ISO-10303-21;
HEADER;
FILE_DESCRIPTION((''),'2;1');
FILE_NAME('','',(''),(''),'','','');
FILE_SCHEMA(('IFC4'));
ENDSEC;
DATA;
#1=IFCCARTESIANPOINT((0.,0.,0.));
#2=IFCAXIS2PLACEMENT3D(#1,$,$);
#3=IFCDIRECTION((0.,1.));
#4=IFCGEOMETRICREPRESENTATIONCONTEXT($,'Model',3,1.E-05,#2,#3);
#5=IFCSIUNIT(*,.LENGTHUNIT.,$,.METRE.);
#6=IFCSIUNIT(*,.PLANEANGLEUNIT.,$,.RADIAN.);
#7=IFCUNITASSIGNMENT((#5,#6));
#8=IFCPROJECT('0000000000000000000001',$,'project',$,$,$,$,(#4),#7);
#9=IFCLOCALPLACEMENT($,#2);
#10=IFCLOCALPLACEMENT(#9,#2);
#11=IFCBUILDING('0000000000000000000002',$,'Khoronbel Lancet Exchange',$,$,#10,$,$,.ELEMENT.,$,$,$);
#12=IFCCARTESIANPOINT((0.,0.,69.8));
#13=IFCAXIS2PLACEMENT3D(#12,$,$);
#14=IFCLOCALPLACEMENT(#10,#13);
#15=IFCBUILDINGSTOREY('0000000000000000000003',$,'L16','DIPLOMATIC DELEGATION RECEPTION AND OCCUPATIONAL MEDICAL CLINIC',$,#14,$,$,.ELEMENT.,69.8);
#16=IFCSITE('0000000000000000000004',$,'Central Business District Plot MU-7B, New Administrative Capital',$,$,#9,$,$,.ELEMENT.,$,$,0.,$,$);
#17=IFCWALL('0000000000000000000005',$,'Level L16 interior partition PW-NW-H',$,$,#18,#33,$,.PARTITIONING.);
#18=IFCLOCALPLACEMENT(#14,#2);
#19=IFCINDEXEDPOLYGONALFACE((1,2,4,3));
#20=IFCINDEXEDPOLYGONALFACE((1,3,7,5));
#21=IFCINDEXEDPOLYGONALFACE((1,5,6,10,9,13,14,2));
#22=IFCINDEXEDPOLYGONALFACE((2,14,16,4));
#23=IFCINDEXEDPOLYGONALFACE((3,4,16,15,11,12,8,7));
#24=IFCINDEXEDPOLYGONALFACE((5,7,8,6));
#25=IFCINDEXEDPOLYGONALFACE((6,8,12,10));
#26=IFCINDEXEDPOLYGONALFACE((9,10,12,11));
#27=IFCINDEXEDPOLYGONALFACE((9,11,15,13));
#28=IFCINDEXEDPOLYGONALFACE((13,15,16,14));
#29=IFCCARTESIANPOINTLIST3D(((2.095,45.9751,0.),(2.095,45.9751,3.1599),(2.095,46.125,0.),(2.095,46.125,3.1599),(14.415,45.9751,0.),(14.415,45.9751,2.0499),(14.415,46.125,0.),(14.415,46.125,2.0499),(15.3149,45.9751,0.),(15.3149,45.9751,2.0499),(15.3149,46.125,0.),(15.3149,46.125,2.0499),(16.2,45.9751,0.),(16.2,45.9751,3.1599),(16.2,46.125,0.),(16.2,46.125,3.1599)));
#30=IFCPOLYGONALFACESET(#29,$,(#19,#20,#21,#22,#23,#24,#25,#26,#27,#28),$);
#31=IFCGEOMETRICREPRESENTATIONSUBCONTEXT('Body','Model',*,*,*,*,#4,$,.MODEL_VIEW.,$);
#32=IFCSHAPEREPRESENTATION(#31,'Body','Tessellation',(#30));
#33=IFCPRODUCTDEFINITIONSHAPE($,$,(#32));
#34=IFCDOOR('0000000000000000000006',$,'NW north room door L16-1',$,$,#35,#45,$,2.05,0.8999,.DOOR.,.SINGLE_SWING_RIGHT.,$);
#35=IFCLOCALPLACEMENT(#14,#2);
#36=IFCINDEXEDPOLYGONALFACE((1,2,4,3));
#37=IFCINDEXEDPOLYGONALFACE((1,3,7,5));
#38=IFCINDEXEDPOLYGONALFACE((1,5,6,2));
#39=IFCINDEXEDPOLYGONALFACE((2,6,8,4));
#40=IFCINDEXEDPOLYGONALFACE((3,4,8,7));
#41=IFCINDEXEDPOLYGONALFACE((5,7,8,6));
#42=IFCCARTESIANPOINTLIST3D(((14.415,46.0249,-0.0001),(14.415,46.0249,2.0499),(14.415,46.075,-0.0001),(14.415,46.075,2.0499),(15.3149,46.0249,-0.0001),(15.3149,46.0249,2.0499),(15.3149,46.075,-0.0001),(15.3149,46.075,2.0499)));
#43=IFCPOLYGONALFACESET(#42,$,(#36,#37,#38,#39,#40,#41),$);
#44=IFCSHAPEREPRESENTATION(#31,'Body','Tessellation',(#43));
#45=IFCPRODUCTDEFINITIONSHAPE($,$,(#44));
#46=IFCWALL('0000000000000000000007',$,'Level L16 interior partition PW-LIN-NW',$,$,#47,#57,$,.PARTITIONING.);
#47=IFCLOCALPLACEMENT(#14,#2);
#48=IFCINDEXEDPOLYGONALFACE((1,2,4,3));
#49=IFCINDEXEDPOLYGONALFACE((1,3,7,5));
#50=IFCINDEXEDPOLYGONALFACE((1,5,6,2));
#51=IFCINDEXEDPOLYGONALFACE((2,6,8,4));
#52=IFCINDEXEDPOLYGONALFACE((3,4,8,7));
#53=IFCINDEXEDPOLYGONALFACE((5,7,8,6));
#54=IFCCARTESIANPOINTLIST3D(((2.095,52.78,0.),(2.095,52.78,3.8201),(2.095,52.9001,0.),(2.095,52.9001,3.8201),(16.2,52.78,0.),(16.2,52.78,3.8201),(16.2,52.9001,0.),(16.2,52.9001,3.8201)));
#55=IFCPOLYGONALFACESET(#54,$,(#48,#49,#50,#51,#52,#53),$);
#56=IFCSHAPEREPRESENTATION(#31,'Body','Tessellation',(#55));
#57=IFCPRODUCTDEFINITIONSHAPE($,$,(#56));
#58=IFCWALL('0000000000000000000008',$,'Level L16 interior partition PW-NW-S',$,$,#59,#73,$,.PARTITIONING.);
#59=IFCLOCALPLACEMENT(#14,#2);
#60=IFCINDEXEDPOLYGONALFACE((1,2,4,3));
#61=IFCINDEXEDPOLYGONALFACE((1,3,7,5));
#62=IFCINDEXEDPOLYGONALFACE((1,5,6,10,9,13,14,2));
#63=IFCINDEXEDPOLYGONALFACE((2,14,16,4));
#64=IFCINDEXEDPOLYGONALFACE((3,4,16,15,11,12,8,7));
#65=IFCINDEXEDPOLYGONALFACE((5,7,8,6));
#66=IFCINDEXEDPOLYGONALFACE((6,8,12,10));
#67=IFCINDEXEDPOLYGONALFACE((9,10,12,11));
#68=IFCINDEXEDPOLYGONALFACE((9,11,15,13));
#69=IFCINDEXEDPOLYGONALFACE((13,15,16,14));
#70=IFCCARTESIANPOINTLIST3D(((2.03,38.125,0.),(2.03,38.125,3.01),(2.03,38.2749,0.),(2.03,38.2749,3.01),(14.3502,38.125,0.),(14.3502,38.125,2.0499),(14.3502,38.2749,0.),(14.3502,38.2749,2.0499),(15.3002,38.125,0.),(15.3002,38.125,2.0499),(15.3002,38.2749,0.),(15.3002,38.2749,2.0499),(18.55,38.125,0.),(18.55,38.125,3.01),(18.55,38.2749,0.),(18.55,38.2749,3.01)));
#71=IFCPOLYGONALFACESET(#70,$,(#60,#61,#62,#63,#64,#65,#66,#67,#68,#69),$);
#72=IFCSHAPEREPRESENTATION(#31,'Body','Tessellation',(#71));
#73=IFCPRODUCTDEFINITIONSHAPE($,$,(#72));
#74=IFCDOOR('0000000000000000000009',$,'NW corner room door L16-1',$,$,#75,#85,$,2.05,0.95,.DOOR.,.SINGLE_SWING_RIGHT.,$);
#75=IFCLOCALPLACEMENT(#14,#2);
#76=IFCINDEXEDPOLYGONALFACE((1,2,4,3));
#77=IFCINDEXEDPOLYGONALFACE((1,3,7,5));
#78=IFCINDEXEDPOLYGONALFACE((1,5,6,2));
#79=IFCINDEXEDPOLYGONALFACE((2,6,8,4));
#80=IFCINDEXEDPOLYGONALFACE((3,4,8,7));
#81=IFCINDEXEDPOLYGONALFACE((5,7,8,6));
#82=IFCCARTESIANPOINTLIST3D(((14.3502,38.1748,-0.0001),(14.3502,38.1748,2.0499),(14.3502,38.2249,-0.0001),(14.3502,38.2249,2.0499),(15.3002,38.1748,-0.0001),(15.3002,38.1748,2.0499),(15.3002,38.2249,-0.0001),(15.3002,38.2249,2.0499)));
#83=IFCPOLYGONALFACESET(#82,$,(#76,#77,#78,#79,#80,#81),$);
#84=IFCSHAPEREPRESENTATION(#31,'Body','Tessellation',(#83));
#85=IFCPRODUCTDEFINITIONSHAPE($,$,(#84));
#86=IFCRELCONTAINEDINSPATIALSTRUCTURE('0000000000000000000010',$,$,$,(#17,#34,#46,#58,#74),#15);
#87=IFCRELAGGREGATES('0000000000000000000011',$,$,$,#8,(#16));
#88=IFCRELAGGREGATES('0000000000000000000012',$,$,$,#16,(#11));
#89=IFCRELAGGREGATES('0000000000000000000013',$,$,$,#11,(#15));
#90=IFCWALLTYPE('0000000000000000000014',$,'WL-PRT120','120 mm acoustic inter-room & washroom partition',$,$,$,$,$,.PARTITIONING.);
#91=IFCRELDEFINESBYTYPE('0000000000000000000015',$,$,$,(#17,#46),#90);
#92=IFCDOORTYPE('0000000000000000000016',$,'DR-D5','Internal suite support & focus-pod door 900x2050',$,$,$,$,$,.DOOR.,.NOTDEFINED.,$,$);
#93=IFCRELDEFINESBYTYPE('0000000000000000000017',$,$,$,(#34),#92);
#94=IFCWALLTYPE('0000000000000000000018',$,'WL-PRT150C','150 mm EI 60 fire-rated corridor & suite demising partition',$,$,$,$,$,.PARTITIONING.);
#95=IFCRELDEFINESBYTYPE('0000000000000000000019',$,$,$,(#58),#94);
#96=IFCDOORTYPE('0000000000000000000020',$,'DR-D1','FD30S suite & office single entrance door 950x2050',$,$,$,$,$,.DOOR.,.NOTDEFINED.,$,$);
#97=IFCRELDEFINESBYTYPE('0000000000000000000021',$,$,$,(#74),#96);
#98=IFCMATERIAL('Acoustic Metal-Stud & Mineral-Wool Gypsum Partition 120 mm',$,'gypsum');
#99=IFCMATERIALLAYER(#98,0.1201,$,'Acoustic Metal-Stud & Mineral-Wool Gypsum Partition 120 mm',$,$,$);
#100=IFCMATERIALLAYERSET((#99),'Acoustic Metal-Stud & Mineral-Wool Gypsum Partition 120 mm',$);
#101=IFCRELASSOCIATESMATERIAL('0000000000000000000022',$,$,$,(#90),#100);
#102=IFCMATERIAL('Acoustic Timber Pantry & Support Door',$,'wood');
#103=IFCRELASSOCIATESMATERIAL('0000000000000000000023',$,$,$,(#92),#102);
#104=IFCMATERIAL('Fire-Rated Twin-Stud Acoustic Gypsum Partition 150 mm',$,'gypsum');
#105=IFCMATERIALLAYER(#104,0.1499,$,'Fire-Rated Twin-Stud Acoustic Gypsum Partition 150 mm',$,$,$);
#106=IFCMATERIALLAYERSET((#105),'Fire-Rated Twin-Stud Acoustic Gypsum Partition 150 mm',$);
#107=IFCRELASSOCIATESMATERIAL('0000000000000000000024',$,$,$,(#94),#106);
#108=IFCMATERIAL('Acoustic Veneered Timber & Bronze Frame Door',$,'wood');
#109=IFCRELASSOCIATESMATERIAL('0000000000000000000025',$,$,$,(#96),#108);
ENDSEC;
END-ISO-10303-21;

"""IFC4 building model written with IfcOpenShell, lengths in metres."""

from ifc_helpers import new_model, si_unit, direction, frame, frame_2d, origin, place, context, subcontext, project, spatial, rectangle, extrude, material, layer, layer_set, type_object, element, fill, save


model = new_model("IFC4")

# Units and contexts
model_context = context("Model", 3, precision=1e-05, world=origin(), true_north=direction((0.0, 1.0)))
body_context = subcontext(model_context, "Body", "Model", "MODEL_VIEW")
ifc_project = project(units=[si_unit("LENGTHUNIT", "METRE"), si_unit("PLANEANGLEUNIT", "RADIAN")], contexts=[model_context])

# Site, building, storey
site_placement = place(None, origin())
site = spatial("IfcSite", under=ifc_project, at=site_placement, Name="Central Business District Plot MU-7B, New Administrative Capital", CompositionType="ELEMENT", RefElevation=0.0)
building_placement = place(site_placement, origin())
building = spatial("IfcBuilding", under=site, at=building_placement, Name="Khoronbel Lancet Exchange", CompositionType="ELEMENT")
storey_placement = place(building_placement, frame((0.0, 0.0, 69.8)))
storey = spatial("IfcBuildingStorey", under=building, at=storey_placement, Name="L16", Description="DIPLOMATIC DELEGATION RECEPTION AND OCCUPATIONAL MEDICAL CLINIC", CompositionType="ELEMENT", Elevation=69.8)

# Wall, opening, door
ifc_material_1 = material(Name="Acoustic Metal-Stud & Mineral-Wool Gypsum Partition 120 mm", Category="gypsum")
ifc_layer_1 = layer(ifc_material_1, 0.1201, Name="Acoustic Metal-Stud & Mineral-Wool Gypsum Partition 120 mm")
ifc_layer_set_1 = layer_set([ifc_layer_1], Name="Acoustic Metal-Stud & Mineral-Wool Gypsum Partition 120 mm")
wall_type_1 = type_object("IfcWallType", Name="WL-PRT120", Description="120 mm acoustic inter-room & washroom partition", PredefinedType="PARTITIONING", material=ifc_layer_set_1)
wall_1_placement = place(storey_placement, frame((2.095, 46.05, 0.0), z_axis=(0.0, 0.0, 1.0), x_axis=(1.0, 0.0, 0.0)))
wall_1 = element("IfcWall", 1, at=wall_1_placement, inside=storey, type_object=wall_type_1, Name="Level L16 interior partition PW-NW-H", PredefinedType="PARTITIONING", context=body_context, shape_type="SweptSolid", body=[
    extrude(rectangle(XDim=14.105, YDim=0.1499, at=frame_2d((7.0525, 0.0))), origin(), (0.0, 0.0, 1.0), 3.1599),
])
opening_1_placement = place(wall_1_placement, frame((12.3201, 0.0, 0.0)))
opening_1 = element("IfcOpeningElement", 2, at=opening_1_placement, cuts=wall_1, PredefinedType="OPENING", context=body_context, shape_type="SweptSolid", body=[
    extrude(rectangle(XDim=0.8999, YDim=2.05, at=frame_2d((0.45, 1.0249))), frame((0.0, 0.085, 0.0), z_axis=(0.0, -1.0, 0.0), x_axis=(1.0, 0.0, 0.0)), (0.0, 0.0, 1.0), 0.1699),
])
ifc_material_2 = material(Name="Acoustic Timber Pantry & Support Door", Category="wood")
door_type_1 = type_object("IfcDoorType", Name="DR-D5", Description="Internal suite support & focus-pod door 900x2050", OperationType="NOTDEFINED", PredefinedType="DOOR", material=ifc_material_2)
door_1_placement = place(opening_1_placement, origin())
door_1 = element("IfcDoor", 3, at=door_1_placement, inside=storey, type_object=door_type_1, Name="NW north room door L16-1", OperationType="SINGLE_SWING_RIGHT", OverallHeight=2.05, OverallWidth=0.8999, PredefinedType="DOOR", context=body_context, shape_type="SweptSolid", body=[
    extrude(rectangle(XDim=0.8999, YDim=2.05, at=frame_2d((0.45, 1.0249))), frame((0.0, 0.0249, 0.0), z_axis=(0.0, -1.0, 0.0), x_axis=(1.0, 0.0, 0.0)), (0.0, 0.0, 1.0), 0.05),
])
fill(opening_1, door_1)

# Wall
wall_2_placement = place(storey_placement, frame((2.095, 52.8401, 0.0), z_axis=(0.0, 0.0, 1.0), x_axis=(1.0, 0.0, 0.0)))
element("IfcWall", 4, at=wall_2_placement, inside=storey, type_object=wall_type_1, Name="Level L16 interior partition PW-LIN-NW", PredefinedType="PARTITIONING", context=body_context, shape_type="SweptSolid", body=[
    extrude(rectangle(XDim=14.105, YDim=0.1201, at=frame_2d((7.0525, 0.0))), origin(), (0.0, 0.0, 1.0), 3.8201),
])

# Wall, opening, door
ifc_material_3 = material(Name="Fire-Rated Twin-Stud Acoustic Gypsum Partition 150 mm", Category="gypsum")
ifc_layer_2 = layer(ifc_material_3, 0.1499, Name="Fire-Rated Twin-Stud Acoustic Gypsum Partition 150 mm")
ifc_layer_set_2 = layer_set([ifc_layer_2], Name="Fire-Rated Twin-Stud Acoustic Gypsum Partition 150 mm")
wall_type_2 = type_object("IfcWallType", Name="WL-PRT150C", Description="150 mm EI 60 fire-rated corridor & suite demising partition", PredefinedType="PARTITIONING", material=ifc_layer_set_2)
wall_3_placement = place(storey_placement, frame((2.03, 38.2, 0.0), z_axis=(0.0, 0.0, 1.0), x_axis=(1.0, 0.0, 0.0)))
wall_3 = element("IfcWall", 5, at=wall_3_placement, inside=storey, type_object=wall_type_2, Name="Level L16 interior partition PW-NW-S", PredefinedType="PARTITIONING", context=body_context, shape_type="SweptSolid", body=[
    extrude(rectangle(XDim=16.52, YDim=0.1499, at=frame_2d((8.26, 0.0))), origin(), (0.0, 0.0, 1.0), 3.01),
])
opening_2_placement = place(wall_3_placement, frame((12.3201, 0.0, 0.0)))
opening_2 = element("IfcOpeningElement", 6, at=opening_2_placement, cuts=wall_3, PredefinedType="OPENING", context=body_context, shape_type="SweptSolid", body=[
    extrude(rectangle(XDim=0.95, YDim=2.05, at=frame_2d((0.4751, 1.0249))), frame((0.0, 0.085, 0.0), z_axis=(0.0, -1.0, 0.0), x_axis=(1.0, 0.0, 0.0)), (0.0, 0.0, 1.0), 0.1699),
])
ifc_material_4 = material(Name="Acoustic Veneered Timber & Bronze Frame Door", Category="wood")
door_type_2 = type_object("IfcDoorType", Name="DR-D1", Description="FD30S suite & office single entrance door 950x2050", OperationType="NOTDEFINED", PredefinedType="DOOR", material=ifc_material_4)
door_2_placement = place(opening_2_placement, origin())
door_2 = element("IfcDoor", 7, at=door_2_placement, inside=storey, type_object=door_type_2, Name="NW corner room door L16-1", OperationType="SINGLE_SWING_RIGHT", OverallHeight=2.05, OverallWidth=0.95, PredefinedType="DOOR", context=body_context, shape_type="SweptSolid", body=[
    extrude(rectangle(XDim=0.95, YDim=2.05, at=frame_2d((0.4751, 1.0249))), frame((0.0, 0.0249, 0.0), z_axis=(0.0, -1.0, 0.0), x_axis=(1.0, 0.0, 0.0)), (0.0, 0.0, 1.0), 0.05),
])
fill(opening_2, door_2)

save(model, "model.ifc")
